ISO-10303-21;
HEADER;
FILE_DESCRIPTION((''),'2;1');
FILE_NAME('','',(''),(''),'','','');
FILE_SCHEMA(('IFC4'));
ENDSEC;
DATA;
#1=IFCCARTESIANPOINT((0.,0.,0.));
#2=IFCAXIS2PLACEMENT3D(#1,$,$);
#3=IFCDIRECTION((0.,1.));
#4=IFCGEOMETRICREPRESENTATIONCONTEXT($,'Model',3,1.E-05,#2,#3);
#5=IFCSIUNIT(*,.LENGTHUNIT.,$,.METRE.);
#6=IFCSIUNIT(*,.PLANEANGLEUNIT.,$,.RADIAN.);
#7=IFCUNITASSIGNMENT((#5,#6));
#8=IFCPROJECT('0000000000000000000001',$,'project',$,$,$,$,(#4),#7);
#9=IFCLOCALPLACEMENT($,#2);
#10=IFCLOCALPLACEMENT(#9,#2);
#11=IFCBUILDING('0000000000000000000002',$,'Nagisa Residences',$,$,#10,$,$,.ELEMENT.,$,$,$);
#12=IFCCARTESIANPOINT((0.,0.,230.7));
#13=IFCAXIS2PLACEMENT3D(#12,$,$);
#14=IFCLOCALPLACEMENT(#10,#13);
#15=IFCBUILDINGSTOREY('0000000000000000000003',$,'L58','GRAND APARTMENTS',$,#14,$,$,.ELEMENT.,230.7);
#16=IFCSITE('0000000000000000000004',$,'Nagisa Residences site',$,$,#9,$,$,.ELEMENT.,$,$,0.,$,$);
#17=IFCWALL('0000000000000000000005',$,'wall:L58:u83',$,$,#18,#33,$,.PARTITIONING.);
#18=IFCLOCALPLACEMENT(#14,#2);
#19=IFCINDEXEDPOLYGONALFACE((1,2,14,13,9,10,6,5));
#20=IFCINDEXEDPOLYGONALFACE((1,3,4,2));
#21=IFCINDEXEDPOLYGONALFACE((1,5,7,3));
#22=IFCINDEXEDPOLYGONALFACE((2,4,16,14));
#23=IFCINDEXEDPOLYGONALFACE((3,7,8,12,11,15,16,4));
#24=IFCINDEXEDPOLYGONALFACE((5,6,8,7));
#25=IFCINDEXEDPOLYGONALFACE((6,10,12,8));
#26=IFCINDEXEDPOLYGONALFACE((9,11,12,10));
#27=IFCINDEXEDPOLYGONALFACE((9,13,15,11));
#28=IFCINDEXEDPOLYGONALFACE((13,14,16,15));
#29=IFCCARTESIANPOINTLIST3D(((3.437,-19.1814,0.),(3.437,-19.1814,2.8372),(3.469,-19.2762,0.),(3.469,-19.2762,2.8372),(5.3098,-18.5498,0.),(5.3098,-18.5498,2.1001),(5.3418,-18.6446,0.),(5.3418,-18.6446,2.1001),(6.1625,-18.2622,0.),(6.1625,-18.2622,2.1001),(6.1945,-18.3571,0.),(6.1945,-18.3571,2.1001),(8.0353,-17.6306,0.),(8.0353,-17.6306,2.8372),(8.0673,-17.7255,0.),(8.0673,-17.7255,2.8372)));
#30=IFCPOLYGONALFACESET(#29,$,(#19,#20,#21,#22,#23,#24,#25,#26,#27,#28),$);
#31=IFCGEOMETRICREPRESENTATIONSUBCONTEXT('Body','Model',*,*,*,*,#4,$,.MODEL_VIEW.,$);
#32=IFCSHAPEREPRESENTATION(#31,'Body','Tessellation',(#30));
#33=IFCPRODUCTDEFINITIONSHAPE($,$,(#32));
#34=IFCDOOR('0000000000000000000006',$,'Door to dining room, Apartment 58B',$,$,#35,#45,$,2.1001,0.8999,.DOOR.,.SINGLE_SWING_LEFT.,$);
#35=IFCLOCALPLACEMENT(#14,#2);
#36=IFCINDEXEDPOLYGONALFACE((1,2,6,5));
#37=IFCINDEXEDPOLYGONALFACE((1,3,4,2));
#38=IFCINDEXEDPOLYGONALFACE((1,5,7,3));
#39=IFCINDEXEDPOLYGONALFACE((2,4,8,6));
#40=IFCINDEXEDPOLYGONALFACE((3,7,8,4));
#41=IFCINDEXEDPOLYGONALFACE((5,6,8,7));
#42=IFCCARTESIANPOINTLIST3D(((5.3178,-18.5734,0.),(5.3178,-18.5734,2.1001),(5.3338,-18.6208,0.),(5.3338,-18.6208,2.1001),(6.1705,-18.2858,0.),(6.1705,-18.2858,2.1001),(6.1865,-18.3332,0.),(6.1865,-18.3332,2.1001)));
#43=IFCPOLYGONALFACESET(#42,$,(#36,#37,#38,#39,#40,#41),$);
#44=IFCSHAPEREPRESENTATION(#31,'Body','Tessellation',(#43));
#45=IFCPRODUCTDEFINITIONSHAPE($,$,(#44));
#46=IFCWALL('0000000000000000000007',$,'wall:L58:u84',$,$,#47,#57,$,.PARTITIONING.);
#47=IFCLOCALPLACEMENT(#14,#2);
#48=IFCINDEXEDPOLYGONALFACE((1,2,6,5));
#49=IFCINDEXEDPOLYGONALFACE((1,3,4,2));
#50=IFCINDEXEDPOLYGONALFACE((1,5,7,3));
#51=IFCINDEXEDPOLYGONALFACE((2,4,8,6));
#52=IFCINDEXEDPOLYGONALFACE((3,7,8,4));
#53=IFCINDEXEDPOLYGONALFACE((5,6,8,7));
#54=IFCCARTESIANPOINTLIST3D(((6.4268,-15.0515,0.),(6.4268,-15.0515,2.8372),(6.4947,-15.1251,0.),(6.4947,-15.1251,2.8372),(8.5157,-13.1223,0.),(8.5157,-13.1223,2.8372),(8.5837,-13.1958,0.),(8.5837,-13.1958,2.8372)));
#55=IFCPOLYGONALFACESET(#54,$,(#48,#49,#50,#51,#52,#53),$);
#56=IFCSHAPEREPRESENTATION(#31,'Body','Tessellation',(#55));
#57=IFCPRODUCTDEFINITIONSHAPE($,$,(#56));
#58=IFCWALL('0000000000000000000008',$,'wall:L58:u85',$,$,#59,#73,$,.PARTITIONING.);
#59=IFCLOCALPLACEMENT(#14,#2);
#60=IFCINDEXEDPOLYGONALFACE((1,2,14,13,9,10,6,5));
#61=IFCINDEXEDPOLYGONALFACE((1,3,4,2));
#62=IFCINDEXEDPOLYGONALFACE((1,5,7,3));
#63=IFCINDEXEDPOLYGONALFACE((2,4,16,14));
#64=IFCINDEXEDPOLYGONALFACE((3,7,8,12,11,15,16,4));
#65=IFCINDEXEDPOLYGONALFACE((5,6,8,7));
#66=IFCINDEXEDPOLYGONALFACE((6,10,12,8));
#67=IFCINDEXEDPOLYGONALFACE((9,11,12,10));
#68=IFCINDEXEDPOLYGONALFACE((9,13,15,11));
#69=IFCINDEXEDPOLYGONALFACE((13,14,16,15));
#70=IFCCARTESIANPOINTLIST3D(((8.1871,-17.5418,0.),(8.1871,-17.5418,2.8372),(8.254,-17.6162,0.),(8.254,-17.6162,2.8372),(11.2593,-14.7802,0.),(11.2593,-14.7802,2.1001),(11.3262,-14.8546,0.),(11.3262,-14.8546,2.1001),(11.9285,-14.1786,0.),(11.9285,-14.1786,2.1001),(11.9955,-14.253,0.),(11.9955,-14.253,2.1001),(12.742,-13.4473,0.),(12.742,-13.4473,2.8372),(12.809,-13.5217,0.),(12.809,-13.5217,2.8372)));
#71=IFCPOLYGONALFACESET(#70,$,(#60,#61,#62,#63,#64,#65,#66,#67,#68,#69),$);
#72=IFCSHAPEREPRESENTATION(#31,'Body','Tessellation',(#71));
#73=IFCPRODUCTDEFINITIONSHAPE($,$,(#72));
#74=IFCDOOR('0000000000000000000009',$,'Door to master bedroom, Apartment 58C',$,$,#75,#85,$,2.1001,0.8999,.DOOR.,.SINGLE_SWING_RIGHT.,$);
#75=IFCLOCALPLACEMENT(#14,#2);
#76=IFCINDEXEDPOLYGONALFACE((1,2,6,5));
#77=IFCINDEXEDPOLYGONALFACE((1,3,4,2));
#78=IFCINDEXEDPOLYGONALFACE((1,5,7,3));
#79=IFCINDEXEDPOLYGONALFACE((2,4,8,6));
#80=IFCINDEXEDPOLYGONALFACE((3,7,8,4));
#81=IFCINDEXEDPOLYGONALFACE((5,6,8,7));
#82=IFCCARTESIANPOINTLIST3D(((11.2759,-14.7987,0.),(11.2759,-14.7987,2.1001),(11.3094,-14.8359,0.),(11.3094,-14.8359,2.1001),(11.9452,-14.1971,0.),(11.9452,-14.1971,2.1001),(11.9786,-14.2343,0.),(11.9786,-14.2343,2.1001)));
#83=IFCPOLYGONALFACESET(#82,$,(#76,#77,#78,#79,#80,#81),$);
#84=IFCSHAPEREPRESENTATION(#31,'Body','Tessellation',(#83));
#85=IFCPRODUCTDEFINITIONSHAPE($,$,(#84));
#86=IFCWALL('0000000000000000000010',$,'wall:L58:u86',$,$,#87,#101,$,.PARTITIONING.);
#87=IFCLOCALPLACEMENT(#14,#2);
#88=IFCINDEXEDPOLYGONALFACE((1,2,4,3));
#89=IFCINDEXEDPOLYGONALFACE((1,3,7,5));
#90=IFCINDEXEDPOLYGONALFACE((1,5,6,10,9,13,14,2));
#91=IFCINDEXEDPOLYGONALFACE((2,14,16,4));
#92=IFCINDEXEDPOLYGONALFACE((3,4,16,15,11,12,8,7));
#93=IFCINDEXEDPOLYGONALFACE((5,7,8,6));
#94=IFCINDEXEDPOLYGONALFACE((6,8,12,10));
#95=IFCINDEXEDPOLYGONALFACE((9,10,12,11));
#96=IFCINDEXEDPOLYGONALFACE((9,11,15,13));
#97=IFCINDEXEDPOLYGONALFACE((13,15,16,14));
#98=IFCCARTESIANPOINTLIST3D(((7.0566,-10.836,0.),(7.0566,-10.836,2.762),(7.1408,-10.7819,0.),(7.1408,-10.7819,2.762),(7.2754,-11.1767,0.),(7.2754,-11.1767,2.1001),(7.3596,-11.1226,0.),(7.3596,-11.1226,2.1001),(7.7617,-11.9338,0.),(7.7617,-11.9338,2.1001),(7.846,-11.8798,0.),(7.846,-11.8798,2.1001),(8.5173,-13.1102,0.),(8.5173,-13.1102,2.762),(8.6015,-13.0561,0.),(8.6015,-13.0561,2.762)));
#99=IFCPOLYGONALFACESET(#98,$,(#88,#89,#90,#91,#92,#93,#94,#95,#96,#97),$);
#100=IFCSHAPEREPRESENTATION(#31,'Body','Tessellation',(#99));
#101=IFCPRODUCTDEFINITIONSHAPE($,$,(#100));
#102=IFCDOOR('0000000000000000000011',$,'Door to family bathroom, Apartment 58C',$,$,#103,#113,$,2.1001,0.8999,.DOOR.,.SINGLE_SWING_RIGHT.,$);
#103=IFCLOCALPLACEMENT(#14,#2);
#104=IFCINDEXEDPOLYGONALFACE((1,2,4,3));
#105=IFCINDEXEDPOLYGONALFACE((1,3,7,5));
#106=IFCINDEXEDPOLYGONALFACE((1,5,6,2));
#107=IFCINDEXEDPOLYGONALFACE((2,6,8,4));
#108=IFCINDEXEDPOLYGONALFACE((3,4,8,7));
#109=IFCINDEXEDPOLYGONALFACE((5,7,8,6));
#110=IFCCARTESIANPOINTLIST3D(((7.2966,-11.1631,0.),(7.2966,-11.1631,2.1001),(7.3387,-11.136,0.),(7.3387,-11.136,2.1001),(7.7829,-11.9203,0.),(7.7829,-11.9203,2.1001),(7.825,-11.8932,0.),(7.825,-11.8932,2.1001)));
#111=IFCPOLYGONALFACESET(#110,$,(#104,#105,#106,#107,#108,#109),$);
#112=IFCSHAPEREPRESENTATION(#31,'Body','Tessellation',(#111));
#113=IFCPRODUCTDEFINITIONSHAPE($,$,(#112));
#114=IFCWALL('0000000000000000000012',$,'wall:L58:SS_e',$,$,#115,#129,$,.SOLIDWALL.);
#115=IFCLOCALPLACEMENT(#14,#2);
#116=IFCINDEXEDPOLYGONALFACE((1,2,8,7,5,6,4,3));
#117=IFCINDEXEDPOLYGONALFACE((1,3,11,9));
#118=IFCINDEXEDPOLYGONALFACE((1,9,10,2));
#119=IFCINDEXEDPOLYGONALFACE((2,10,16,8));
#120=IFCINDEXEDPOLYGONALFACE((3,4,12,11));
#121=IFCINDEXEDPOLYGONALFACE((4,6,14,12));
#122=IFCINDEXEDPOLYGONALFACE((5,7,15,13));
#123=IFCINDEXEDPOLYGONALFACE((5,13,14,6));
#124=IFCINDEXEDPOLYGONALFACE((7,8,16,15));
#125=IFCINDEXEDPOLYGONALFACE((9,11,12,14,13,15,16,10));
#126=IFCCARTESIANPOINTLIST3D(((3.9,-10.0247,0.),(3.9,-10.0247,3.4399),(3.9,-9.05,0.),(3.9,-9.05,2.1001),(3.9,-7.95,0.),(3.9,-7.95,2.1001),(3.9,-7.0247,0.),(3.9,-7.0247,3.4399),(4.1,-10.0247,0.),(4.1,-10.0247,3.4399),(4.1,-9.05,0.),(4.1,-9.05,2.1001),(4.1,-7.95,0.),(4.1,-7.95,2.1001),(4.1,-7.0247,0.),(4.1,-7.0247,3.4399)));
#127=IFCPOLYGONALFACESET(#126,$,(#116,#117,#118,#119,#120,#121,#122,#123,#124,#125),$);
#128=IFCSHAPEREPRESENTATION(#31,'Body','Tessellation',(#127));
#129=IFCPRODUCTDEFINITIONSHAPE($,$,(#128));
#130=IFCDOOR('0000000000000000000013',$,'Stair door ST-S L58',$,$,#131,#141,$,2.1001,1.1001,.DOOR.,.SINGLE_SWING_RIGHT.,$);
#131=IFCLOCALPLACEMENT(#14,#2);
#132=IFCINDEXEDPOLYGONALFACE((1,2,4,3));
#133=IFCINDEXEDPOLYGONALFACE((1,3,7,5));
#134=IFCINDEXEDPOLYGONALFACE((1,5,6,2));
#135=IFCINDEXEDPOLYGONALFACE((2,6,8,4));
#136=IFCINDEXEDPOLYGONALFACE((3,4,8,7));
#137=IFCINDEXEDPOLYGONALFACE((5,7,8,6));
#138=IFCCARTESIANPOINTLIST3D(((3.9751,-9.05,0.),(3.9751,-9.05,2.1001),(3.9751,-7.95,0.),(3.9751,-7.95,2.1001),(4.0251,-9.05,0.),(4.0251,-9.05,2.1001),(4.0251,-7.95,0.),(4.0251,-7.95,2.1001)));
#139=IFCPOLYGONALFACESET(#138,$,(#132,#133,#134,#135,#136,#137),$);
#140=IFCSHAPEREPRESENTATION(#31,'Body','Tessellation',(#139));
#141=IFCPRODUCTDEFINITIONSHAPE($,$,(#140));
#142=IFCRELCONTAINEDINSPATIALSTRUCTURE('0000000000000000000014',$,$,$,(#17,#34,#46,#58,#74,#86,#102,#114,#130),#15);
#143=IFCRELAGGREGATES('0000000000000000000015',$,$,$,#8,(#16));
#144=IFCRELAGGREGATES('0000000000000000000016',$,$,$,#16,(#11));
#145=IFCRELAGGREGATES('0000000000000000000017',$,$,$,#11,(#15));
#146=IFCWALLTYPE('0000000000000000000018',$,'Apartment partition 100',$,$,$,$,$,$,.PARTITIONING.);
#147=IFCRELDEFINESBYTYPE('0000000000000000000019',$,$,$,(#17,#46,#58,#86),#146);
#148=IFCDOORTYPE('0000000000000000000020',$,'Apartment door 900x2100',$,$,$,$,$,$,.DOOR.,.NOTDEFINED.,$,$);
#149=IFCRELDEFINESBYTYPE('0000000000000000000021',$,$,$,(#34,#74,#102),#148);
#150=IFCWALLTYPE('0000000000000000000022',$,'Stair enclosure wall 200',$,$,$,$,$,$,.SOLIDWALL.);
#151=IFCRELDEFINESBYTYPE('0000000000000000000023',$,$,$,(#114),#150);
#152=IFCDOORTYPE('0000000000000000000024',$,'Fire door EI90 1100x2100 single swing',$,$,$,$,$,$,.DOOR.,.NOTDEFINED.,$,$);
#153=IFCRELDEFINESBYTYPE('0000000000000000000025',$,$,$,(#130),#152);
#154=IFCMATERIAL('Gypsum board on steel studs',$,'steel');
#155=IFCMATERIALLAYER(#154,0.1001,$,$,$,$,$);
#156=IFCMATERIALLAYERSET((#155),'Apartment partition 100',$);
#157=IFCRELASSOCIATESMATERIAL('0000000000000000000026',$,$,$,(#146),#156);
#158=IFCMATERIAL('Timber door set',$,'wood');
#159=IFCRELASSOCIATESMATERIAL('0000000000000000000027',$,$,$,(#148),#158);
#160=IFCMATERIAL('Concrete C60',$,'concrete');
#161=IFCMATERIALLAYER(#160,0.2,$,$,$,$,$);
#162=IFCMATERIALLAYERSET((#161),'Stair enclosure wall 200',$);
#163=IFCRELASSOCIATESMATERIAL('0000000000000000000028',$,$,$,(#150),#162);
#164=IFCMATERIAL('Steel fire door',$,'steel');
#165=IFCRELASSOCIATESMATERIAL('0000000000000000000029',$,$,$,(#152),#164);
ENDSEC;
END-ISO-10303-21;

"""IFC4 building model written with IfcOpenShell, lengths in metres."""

from ifc_helpers import new_model, si_unit, direction, frame, frame_2d, origin, place, context, subcontext, project, spatial, rectangle, extrude, material, layer, layer_set, type_object, element, fill, save


model = new_model("IFC4")

# Units and contexts
model_context = context("Model", 3, precision=1e-05, world=origin(), true_north=direction((0.0, 1.0)))
body_context = subcontext(model_context, "Body", "Model", "MODEL_VIEW")
ifc_project = project(units=[si_unit("LENGTHUNIT", "METRE"), si_unit("PLANEANGLEUNIT", "RADIAN")], contexts=[model_context])

# Site, building, storey
site_placement = place(None, origin())
site = spatial("IfcSite", under=ifc_project, at=site_placement, Name="Nagisa Residences site", CompositionType="ELEMENT", RefElevation=0.0)
building_placement = place(site_placement, origin())
building = spatial("IfcBuilding", under=site, at=building_placement, Name="Nagisa Residences", CompositionType="ELEMENT")
storey_placement = place(building_placement, frame((0.0, 0.0, 230.7)))
storey = spatial("IfcBuildingStorey", under=building, at=storey_placement, Name="L58", Description="GRAND APARTMENTS", CompositionType="ELEMENT", Elevation=230.7)

# Shared definitions
ifc_material_1 = material(Name="Gypsum board on steel studs", Category="steel")
ifc_layer_1 = layer(ifc_material_1, 0.1001)
ifc_layer_set_1 = layer_set([ifc_layer_1], Name="Apartment partition 100")
wall_type_1 = type_object("IfcWallType", Name="Apartment partition 100", PredefinedType="PARTITIONING", material=ifc_layer_set_1)

# Shared definitions
ifc_material_2 = material(Name="Timber door set", Category="wood")
door_type_1 = type_object("IfcDoorType", Name="Apartment door 900x2100", OperationType="NOTDEFINED", PredefinedType="DOOR", material=ifc_material_2)

# Wall, opening, door
wall_1_placement = place(storey_placement, frame((3.4531, -19.2288, 0.0), z_axis=(0.0, 0.0, 1.0), x_axis=(0.947566, 0.319561, 0.0)))
wall_1 = element("IfcWall", 1, at=wall_1_placement, inside=storey, type_object=wall_type_1, Name="wall:L58:u83", PredefinedType="PARTITIONING", context=body_context, shape_type="SweptSolid", body=[
    extrude(rectangle(XDim=4.8528, YDim=0.1001, at=frame_2d((2.4263, 0.0))), origin(), (0.0, 0.0, 1.0), 2.8372),
])
opening_1_placement = place(wall_1_placement, frame((1.9763, 0.0, 0.0)))
opening_1 = element("IfcOpeningElement", 2, at=opening_1_placement, cuts=wall_1, PredefinedType="OPENING", context=body_context, shape_type="SweptSolid", body=[
    extrude(rectangle(XDim=0.8999, YDim=2.1001, at=frame_2d((0.45, 1.05))), frame((0.0, 0.0601, 0.0), z_axis=(0.0, -1.0, 0.0), x_axis=(1.0, 0.0, 0.0)), (0.0, 0.0, 1.0), 0.1201),
])
door_1_placement = place(opening_1_placement, frame((0.8999, 0.0, 0.0), x_axis=(-1.0, 0.0, 0.0)))
door_1 = element("IfcDoor", 3, at=door_1_placement, inside=storey, type_object=door_type_1, Name="Door to dining room, Apartment 58B", OperationType="SINGLE_SWING_LEFT", OverallHeight=2.1001, OverallWidth=0.8999, PredefinedType="DOOR", context=body_context, shape_type="SweptSolid", body=[
    extrude(rectangle(XDim=0.8999, YDim=2.1001, at=frame_2d((0.45, 1.05))), frame((0.0, 0.0249, 0.0), z_axis=(0.0, -1.0, 0.0), x_axis=(1.0, 0.0, 0.0)), (0.0, 0.0, 1.0), 0.05),
])
fill(opening_1, door_1)

# Wall
wall_2_placement = place(storey_placement, frame((6.4607, -15.0884, 0.0), z_axis=(0.0, 0.0, 1.0), x_axis=(0.734626, 0.678473, 0.0)))
element("IfcWall", 4, at=wall_2_placement, inside=storey, type_object=wall_type_1, Name="wall:L58:u84", PredefinedType="PARTITIONING", context=body_context, shape_type="SweptSolid", body=[
    extrude(rectangle(XDim=2.8435, YDim=0.1001, at=frame_2d((1.4219, 0.0))), origin(), (0.0, 0.0, 1.0), 2.8372),
])

# Walls, openings, doors
wall_3_placement = place(storey_placement, frame((8.2205, -17.5791, 0.0), z_axis=(0.0, 0.0, 1.0), x_axis=(0.743696, 0.668518, 0.0)))
wall_3 = element("IfcWall", 5, at=wall_3_placement, inside=storey, type_object=wall_type_1, Name="wall:L58:u85", PredefinedType="PARTITIONING", context=body_context, shape_type="SweptSolid", body=[
    extrude(rectangle(XDim=6.1248, YDim=0.1001, at=frame_2d((3.0625, 0.0))), origin(), (0.0, 0.0, 1.0), 2.8372),
])
opening_2_placement = place(wall_3_placement, frame((4.1311, 0.0, 0.0)))
opening_2 = element("IfcOpeningElement", 6, at=opening_2_placement, cuts=wall_3, PredefinedType="OPENING", context=body_context, shape_type="SweptSolid", body=[
    extrude(rectangle(XDim=0.8999, YDim=2.1001, at=frame_2d((0.45, 1.05))), frame((0.0, 0.0601, 0.0), z_axis=(0.0, -1.0, 0.0), x_axis=(1.0, 0.0, 0.0)), (0.0, 0.0, 1.0), 0.1201),
])
door_2_placement = place(opening_2_placement, frame((0.8999, 0.0, 0.0), x_axis=(-1.0, 0.0, 0.0)))
door_2 = element("IfcDoor", 7, at=door_2_placement, inside=storey, type_object=door_type_1, Name="Door to master bedroom, Apartment 58C", OperationType="SINGLE_SWING_RIGHT", OverallHeight=2.1001, OverallWidth=0.8999, PredefinedType="DOOR", context=body_context, shape_type="SweptSolid", body=[
    extrude(rectangle(XDim=0.8999, YDim=2.1001, at=frame_2d((0.45, 1.05))), frame((0.0, 0.0249, 0.0), z_axis=(0.0, -1.0, 0.0), x_axis=(1.0, 0.0, 0.0)), (0.0, 0.0, 1.0), 0.05),
])
fill(opening_2, door_2)
wall_4_placement = place(storey_placement, frame((7.0986, -10.8088, 0.0), z_axis=(0.0, 0.0, 1.0), x_axis=(0.540424, -0.841393, 0.0)))
wall_4 = element("IfcWall", 8, at=wall_4_placement, inside=storey, type_object=wall_type_1, Name="wall:L58:u86", PredefinedType="PARTITIONING", context=body_context, shape_type="SweptSolid", body=[
    extrude(rectangle(XDim=2.7029, YDim=0.1001, at=frame_2d((1.3516, 0.0))), origin(), (0.0, 0.0, 1.0), 2.762),
])
opening_3_placement = place(wall_4_placement, frame((0.405, 0.0, 0.0)))
opening_3 = element("IfcOpeningElement", 9, at=opening_3_placement, cuts=wall_4, PredefinedType="OPENING", context=body_context, shape_type="SweptSolid", body=[
    extrude(rectangle(XDim=0.8999, YDim=2.1001, at=frame_2d((0.45, 1.05))), frame((0.0, 0.0601, 0.0), z_axis=(0.0, -1.0, 0.0), x_axis=(1.0, 0.0, 0.0)), (0.0, 0.0, 1.0), 0.1201),
])
door_3_placement = place(opening_3_placement, frame((0.8999, 0.0, 0.0), x_axis=(-1.0, 0.0, 0.0)))
door_3 = element("IfcDoor", 10, at=door_3_placement, inside=storey, type_object=door_type_1, Name="Door to family bathroom, Apartment 58C", OperationType="SINGLE_SWING_RIGHT", OverallHeight=2.1001, OverallWidth=0.8999, PredefinedType="DOOR", context=body_context, shape_type="SweptSolid", body=[
    extrude(rectangle(XDim=0.8999, YDim=2.1001, at=frame_2d((0.45, 1.05))), frame((0.0, 0.0249, 0.0), z_axis=(0.0, -1.0, 0.0), x_axis=(1.0, 0.0, 0.0)), (0.0, 0.0, 1.0), 0.05),
])
fill(opening_3, door_3)
ifc_material_3 = material(Name="Concrete C60", Category="concrete")
ifc_layer_2 = layer(ifc_material_3, 0.2)
ifc_layer_set_2 = layer_set([ifc_layer_2], Name="Stair enclosure wall 200")
wall_type_2 = type_object("IfcWallType", Name="Stair enclosure wall 200", PredefinedType="SOLIDWALL", material=ifc_layer_set_2)
wall_5_placement = place(storey_placement, frame((4.0, -10.0247, 0.0), z_axis=(0.0, 0.0, 1.0), x_axis=(0.0, 1.0, 0.0)))
wall_5 = element("IfcWall", 11, at=wall_5_placement, inside=storey, type_object=wall_type_2, Name="wall:L58:SS_e", PredefinedType="SOLIDWALL", context=body_context, shape_type="SweptSolid", body=[
    extrude(rectangle(XDim=3.0, YDim=0.2, at=frame_2d((1.5, 0.0))), origin(), (0.0, 0.0, 1.0), 3.4399),
])
opening_4_placement = place(wall_5_placement, frame((0.9746, 0.0, 0.0)))
opening_4 = element("IfcOpeningElement", 12, at=opening_4_placement, cuts=wall_5, PredefinedType="OPENING", context=body_context, shape_type="SweptSolid", body=[
    extrude(rectangle(XDim=1.1001, YDim=2.1001, at=frame_2d((0.55, 1.05))), frame((0.0, 0.1099, 0.0), z_axis=(0.0, -1.0, 0.0), x_axis=(1.0, 0.0, 0.0)), (0.0, 0.0, 1.0), 0.22),
])
ifc_material_4 = material(Name="Steel fire door", Category="steel")
door_type_2 = type_object("IfcDoorType", Name="Fire door EI90 1100x2100 single swing", OperationType="NOTDEFINED", PredefinedType="DOOR", material=ifc_material_4)
door_4_placement = place(opening_4_placement, origin())
door_4 = element("IfcDoor", 13, at=door_4_placement, inside=storey, type_object=door_type_2, Name="Stair door ST-S L58", OperationType="SINGLE_SWING_RIGHT", OverallHeight=2.1001, OverallWidth=1.1001, PredefinedType="DOOR", context=body_context, shape_type="SweptSolid", body=[
    extrude(rectangle(XDim=1.1001, YDim=2.1001, at=frame_2d((0.55, 1.05))), frame((0.0, 0.0249, 0.0), z_axis=(0.0, -1.0, 0.0), x_axis=(1.0, 0.0, 0.0)), (0.0, 0.0, 1.0), 0.05),
])
fill(opening_4, door_4)

save(model, "model.ifc")
